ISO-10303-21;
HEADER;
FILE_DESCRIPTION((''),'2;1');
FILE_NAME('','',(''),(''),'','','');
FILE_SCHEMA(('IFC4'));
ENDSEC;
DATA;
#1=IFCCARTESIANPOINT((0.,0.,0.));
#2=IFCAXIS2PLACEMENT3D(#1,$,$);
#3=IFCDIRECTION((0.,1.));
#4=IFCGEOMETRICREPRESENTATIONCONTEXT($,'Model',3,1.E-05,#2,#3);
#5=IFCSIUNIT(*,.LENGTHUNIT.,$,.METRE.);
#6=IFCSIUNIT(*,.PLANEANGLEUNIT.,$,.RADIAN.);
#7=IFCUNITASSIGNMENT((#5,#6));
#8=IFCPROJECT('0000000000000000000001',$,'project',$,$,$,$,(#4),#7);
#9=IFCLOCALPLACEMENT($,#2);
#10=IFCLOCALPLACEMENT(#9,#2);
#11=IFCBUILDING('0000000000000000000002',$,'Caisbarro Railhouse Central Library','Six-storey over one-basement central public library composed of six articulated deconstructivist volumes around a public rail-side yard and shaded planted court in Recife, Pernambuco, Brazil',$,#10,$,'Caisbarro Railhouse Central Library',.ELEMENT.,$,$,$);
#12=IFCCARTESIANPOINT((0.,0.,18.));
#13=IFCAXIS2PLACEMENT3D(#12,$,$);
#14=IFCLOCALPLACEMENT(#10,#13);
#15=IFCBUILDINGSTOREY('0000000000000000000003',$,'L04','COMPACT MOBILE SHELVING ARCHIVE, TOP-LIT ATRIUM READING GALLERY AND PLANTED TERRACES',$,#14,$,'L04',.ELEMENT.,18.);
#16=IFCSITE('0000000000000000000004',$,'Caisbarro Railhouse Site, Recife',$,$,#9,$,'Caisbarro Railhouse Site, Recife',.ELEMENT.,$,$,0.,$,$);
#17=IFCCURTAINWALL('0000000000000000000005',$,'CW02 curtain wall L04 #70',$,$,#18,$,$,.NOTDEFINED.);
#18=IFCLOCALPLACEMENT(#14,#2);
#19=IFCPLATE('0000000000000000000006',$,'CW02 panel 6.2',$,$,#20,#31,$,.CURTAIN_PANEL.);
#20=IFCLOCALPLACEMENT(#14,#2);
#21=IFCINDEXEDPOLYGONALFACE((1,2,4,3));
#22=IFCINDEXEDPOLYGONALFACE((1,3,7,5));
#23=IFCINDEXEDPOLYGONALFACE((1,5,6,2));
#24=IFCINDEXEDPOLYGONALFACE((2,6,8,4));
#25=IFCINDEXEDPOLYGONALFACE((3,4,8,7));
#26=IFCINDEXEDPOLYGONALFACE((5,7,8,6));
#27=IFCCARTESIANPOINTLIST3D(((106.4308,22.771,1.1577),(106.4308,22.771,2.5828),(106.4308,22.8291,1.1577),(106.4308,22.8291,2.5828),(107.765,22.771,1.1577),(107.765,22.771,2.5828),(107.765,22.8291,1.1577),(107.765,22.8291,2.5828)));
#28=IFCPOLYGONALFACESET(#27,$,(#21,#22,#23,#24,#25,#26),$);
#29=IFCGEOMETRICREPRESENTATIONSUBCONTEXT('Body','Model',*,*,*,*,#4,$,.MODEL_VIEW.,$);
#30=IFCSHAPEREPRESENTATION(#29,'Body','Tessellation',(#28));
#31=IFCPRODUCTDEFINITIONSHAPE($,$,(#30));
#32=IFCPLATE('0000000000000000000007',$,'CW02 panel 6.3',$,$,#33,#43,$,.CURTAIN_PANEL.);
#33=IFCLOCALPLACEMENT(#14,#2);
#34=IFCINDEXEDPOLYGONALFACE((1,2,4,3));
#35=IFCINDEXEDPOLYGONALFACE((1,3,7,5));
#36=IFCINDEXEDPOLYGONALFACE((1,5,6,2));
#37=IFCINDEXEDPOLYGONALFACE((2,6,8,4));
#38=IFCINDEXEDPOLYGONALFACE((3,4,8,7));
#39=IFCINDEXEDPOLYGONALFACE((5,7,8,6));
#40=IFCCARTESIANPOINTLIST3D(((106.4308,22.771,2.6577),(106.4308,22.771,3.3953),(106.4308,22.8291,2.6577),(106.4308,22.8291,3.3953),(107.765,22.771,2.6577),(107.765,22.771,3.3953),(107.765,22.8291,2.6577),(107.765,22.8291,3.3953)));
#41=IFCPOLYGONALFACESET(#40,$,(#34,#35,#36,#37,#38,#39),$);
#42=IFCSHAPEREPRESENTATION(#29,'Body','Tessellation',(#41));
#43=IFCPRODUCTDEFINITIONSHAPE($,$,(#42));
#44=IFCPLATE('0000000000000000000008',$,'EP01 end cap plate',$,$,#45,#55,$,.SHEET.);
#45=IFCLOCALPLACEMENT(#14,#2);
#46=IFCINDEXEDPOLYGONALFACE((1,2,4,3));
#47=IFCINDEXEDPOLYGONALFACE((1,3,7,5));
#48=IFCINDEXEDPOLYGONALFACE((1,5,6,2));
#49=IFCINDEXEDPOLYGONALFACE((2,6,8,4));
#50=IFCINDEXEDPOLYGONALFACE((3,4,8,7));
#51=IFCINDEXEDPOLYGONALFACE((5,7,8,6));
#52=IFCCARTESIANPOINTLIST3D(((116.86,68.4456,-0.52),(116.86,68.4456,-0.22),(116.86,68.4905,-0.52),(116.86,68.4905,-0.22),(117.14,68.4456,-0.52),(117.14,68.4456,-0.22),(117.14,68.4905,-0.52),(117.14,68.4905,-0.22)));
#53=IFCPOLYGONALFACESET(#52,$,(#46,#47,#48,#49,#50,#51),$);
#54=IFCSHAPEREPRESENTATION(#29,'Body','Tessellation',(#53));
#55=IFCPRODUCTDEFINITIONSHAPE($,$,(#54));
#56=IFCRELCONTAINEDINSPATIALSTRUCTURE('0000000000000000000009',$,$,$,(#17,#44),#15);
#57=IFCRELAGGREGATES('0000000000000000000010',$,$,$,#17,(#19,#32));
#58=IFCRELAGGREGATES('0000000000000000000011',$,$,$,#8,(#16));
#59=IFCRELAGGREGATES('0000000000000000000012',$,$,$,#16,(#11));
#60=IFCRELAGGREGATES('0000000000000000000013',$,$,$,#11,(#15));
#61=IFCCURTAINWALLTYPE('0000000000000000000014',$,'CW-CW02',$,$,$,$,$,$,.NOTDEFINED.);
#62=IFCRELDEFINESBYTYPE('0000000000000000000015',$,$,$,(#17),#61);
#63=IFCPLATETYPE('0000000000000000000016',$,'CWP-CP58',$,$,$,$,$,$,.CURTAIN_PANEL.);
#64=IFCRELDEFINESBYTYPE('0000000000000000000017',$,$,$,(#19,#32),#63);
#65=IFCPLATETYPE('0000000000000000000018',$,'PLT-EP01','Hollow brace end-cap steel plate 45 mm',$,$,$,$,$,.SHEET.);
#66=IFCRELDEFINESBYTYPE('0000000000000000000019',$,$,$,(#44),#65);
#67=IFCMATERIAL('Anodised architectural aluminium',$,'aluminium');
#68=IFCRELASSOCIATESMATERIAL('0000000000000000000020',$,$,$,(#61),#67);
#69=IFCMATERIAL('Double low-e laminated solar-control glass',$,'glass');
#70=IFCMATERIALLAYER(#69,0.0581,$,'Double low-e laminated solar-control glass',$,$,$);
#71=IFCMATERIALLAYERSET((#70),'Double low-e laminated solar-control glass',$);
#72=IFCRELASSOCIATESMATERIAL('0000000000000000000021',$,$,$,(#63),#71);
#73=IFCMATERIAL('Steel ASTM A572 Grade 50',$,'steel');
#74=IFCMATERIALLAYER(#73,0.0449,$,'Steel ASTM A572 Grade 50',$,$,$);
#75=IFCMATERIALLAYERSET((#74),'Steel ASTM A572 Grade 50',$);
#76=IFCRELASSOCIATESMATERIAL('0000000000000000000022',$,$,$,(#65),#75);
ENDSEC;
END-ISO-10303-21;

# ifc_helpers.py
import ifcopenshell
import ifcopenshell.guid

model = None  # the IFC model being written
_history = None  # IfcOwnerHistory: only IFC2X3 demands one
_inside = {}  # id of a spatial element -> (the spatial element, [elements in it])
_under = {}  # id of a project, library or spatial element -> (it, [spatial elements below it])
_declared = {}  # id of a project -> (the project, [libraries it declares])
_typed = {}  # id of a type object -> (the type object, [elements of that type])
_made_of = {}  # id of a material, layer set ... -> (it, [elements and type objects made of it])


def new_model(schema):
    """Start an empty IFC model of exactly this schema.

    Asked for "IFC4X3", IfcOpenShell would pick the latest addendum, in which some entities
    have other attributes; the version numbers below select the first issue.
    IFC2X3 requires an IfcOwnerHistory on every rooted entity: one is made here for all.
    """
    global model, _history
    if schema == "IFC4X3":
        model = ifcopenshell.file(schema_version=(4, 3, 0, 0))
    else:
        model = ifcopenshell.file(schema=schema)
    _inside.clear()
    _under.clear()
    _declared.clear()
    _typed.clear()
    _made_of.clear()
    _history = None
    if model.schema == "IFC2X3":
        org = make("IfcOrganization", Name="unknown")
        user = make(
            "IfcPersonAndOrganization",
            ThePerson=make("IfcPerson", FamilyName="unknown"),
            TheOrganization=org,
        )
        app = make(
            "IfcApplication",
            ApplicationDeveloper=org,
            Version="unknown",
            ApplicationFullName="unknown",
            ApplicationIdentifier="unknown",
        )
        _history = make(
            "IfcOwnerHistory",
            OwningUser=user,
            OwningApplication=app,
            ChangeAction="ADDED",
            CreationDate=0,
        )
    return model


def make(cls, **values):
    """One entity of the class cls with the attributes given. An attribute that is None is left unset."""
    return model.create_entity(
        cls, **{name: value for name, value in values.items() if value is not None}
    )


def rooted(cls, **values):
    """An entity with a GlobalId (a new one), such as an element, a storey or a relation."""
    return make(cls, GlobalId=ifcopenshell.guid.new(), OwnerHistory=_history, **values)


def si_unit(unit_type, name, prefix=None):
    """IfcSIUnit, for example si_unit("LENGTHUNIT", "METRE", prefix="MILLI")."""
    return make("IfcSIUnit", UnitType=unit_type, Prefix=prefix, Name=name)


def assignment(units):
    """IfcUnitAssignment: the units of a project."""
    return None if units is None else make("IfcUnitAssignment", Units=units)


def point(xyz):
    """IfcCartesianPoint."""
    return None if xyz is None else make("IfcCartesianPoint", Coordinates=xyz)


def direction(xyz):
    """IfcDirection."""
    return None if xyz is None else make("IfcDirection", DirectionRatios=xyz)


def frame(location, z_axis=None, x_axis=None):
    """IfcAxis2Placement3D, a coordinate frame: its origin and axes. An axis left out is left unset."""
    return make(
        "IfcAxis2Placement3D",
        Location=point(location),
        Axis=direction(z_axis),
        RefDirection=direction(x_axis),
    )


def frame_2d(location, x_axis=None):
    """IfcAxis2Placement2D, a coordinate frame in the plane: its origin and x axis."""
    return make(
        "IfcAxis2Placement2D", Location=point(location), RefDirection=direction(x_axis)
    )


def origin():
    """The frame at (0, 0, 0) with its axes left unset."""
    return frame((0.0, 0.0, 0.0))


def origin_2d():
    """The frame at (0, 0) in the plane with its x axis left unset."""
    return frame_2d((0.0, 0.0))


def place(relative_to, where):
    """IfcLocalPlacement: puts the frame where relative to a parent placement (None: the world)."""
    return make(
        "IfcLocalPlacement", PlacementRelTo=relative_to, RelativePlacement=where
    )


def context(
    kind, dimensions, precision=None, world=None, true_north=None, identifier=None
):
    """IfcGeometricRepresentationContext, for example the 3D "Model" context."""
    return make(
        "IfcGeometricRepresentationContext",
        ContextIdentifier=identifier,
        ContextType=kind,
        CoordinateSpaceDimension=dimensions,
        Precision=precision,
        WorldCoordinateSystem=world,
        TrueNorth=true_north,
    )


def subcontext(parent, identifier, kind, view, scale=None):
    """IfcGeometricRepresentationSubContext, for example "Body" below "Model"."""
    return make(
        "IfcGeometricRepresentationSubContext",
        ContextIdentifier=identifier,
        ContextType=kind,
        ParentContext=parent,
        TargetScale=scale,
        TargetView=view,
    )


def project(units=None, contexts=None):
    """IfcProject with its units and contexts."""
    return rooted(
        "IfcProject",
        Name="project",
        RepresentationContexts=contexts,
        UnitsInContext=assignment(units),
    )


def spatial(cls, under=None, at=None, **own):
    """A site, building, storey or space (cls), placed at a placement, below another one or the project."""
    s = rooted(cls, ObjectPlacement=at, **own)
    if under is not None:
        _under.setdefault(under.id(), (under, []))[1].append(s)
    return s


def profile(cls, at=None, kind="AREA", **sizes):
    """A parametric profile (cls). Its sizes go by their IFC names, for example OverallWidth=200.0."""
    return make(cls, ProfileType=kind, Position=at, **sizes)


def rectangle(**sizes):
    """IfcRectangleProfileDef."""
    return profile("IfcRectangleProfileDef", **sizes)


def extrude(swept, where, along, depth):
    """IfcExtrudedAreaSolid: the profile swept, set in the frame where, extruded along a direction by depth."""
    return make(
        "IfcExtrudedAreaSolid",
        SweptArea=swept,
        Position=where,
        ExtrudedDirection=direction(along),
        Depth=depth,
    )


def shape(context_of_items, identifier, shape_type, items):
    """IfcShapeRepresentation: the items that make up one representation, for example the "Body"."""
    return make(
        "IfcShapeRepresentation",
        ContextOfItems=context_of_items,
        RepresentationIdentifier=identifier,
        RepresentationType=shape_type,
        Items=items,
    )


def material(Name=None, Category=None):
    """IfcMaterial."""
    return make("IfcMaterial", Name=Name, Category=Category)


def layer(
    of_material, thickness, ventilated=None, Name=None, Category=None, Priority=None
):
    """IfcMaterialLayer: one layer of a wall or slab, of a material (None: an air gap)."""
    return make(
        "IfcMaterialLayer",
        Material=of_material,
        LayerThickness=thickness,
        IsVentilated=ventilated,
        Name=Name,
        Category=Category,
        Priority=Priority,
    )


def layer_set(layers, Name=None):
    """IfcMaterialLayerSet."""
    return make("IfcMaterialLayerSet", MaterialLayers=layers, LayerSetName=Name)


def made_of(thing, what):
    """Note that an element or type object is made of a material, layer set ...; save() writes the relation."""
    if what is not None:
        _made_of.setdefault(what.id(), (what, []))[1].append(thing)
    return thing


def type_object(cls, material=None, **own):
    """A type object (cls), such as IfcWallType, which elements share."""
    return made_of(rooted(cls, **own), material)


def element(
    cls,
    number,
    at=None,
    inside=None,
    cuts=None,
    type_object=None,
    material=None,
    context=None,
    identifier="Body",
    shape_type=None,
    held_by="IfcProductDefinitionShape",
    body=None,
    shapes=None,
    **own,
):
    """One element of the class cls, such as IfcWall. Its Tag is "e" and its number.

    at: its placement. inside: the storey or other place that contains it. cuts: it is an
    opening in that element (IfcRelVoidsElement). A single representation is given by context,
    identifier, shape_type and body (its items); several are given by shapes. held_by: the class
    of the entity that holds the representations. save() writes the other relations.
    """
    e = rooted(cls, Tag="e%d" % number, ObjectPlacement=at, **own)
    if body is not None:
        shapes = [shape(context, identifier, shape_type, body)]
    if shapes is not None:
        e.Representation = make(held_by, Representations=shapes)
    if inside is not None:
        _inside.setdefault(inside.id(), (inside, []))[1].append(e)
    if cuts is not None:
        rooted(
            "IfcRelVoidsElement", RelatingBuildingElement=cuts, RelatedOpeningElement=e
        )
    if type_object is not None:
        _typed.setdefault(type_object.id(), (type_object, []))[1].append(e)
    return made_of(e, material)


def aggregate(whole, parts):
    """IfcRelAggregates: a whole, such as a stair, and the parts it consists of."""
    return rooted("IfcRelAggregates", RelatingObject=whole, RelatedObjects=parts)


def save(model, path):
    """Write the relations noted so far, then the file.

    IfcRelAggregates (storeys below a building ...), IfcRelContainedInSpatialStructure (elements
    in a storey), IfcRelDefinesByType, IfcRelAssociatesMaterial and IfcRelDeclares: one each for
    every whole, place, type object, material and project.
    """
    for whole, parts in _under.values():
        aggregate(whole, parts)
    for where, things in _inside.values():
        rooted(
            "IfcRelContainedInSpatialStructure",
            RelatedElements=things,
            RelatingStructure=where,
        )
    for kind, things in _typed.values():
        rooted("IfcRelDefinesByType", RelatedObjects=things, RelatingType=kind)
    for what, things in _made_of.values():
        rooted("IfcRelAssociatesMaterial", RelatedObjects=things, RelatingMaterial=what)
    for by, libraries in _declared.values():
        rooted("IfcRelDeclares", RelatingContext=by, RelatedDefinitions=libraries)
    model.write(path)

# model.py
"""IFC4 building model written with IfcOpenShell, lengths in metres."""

from ifc_helpers import new_model, si_unit, direction, frame, origin, origin_2d, place, context, subcontext, project, spatial, rectangle, extrude, material, layer, layer_set, type_object, element, aggregate, save


model = new_model("IFC4")

# Units and contexts
model_context = context("Model", 3, precision=1e-05, world=origin(), true_north=direction((0.0, 1.0)))
body_context = subcontext(model_context, "Body", "Model", "MODEL_VIEW")
ifc_project = project(units=[si_unit("LENGTHUNIT", "METRE"), si_unit("PLANEANGLEUNIT", "RADIAN")], contexts=[model_context])

# Site, building, storey
site_placement = place(None, origin())
site = spatial("IfcSite", under=ifc_project, at=site_placement, Name="Caisbarro Railhouse Site, Recife", LongName="Caisbarro Railhouse Site, Recife", CompositionType="ELEMENT", RefElevation=0.0)
building_placement = place(site_placement, origin())
building = spatial("IfcBuilding", under=site, at=building_placement, Name="Caisbarro Railhouse Central Library", Description="Six-storey over one-basement central public library composed of six articulated deconstructivist volumes around a public rail-side yard and shaded planted court in Recife, Pernambuco, Brazil", LongName="Caisbarro Railhouse Central Library", CompositionType="ELEMENT")
storey_placement = place(building_placement, frame((0.0, 0.0, 18.0)))
storey = spatial("IfcBuildingStorey", under=building, at=storey_placement, Name="L04", Description="COMPACT MOBILE SHELVING ARCHIVE, TOP-LIT ATRIUM READING GALLERY AND PLANTED TERRACES", LongName="L04", CompositionType="ELEMENT", Elevation=18.0)

# Shared definitions
ifc_material_1 = material(Name="Steel ASTM A572 Grade 50", Category="steel")

# Curtain wall
ifc_material_2 = material(Name="Anodised architectural aluminium", Category="aluminium")
curtain_wall_type = type_object("IfcCurtainWallType", Name="CW-CW02", PredefinedType="NOTDEFINED", material=ifc_material_2)
curtain_wall_1_placement = place(storey_placement, origin())
curtain_wall_1 = element("IfcCurtainWall", 1, at=curtain_wall_1_placement, inside=storey, type_object=curtain_wall_type, Name="CW02 curtain wall L04 #70", PredefinedType="NOTDEFINED")

# Plates
ifc_material_3 = material(Name="Double low-e laminated solar-control glass", Category="glass")
ifc_layer_1 = layer(ifc_material_3, 0.0581, Name="Double low-e laminated solar-control glass")
ifc_layer_set_1 = layer_set([ifc_layer_1], Name="Double low-e laminated solar-control glass")
plate_type_1 = type_object("IfcPlateType", Name="CWP-CP58", PredefinedType="CURTAIN_PANEL", material=ifc_layer_set_1)
plate_1_placement = place(storey_placement, frame((107.0979, 22.8, 1.1577), z_axis=(0.0, 0.0, 1.0), x_axis=(1.0, 0.0, 0.0)))
plate_1 = element("IfcPlate", 2, at=plate_1_placement, type_object=plate_type_1, Name="CW02 panel 6.2", PredefinedType="CURTAIN_PANEL", context=body_context, shape_type="SweptSolid", body=[
    extrude(rectangle(XDim=1.3342, YDim=0.0581, at=origin_2d()), origin(), (0.0, 0.0, 1.0), 1.425),
])
plate_2_placement = place(storey_placement, frame((107.0979, 22.8, 2.6577), z_axis=(0.0, 0.0, 1.0), x_axis=(1.0, 0.0, 0.0)))
plate_2 = element("IfcPlate", 3, at=plate_2_placement, type_object=plate_type_1, Name="CW02 panel 6.3", PredefinedType="CURTAIN_PANEL", context=body_context, shape_type="SweptSolid", body=[
    extrude(rectangle(XDim=1.3342, YDim=0.0581, at=origin_2d()), origin(), (0.0, 0.0, 1.0), 0.7375),
])
aggregate(curtain_wall_1, [plate_1, plate_2])
ifc_layer_2 = layer(ifc_material_1, 0.0449, Name="Steel ASTM A572 Grade 50")
ifc_layer_set_2 = layer_set([ifc_layer_2], Name="Steel ASTM A572 Grade 50")
plate_type_2 = type_object("IfcPlateType", Name="PLT-EP01", Description="Hollow brace end-cap steel plate 45 mm", PredefinedType="SHEET", material=ifc_layer_set_2)
plate_3_placement = place(storey_placement, frame((117.0, 68.468, -0.52), z_axis=(0.0, 0.0, 1.0), x_axis=(0.0, 1.0, 0.0)))
element("IfcPlate", 4, at=plate_3_placement, inside=storey, type_object=plate_type_2, Name="EP01 end cap plate", PredefinedType="SHEET", context=body_context, shape_type="SweptSolid", body=[
    extrude(rectangle(XDim=0.0449, YDim=0.28, at=origin_2d()), origin(), (0.0, 0.0, 1.0), 0.3),
])

save(model, "model.ifc")
